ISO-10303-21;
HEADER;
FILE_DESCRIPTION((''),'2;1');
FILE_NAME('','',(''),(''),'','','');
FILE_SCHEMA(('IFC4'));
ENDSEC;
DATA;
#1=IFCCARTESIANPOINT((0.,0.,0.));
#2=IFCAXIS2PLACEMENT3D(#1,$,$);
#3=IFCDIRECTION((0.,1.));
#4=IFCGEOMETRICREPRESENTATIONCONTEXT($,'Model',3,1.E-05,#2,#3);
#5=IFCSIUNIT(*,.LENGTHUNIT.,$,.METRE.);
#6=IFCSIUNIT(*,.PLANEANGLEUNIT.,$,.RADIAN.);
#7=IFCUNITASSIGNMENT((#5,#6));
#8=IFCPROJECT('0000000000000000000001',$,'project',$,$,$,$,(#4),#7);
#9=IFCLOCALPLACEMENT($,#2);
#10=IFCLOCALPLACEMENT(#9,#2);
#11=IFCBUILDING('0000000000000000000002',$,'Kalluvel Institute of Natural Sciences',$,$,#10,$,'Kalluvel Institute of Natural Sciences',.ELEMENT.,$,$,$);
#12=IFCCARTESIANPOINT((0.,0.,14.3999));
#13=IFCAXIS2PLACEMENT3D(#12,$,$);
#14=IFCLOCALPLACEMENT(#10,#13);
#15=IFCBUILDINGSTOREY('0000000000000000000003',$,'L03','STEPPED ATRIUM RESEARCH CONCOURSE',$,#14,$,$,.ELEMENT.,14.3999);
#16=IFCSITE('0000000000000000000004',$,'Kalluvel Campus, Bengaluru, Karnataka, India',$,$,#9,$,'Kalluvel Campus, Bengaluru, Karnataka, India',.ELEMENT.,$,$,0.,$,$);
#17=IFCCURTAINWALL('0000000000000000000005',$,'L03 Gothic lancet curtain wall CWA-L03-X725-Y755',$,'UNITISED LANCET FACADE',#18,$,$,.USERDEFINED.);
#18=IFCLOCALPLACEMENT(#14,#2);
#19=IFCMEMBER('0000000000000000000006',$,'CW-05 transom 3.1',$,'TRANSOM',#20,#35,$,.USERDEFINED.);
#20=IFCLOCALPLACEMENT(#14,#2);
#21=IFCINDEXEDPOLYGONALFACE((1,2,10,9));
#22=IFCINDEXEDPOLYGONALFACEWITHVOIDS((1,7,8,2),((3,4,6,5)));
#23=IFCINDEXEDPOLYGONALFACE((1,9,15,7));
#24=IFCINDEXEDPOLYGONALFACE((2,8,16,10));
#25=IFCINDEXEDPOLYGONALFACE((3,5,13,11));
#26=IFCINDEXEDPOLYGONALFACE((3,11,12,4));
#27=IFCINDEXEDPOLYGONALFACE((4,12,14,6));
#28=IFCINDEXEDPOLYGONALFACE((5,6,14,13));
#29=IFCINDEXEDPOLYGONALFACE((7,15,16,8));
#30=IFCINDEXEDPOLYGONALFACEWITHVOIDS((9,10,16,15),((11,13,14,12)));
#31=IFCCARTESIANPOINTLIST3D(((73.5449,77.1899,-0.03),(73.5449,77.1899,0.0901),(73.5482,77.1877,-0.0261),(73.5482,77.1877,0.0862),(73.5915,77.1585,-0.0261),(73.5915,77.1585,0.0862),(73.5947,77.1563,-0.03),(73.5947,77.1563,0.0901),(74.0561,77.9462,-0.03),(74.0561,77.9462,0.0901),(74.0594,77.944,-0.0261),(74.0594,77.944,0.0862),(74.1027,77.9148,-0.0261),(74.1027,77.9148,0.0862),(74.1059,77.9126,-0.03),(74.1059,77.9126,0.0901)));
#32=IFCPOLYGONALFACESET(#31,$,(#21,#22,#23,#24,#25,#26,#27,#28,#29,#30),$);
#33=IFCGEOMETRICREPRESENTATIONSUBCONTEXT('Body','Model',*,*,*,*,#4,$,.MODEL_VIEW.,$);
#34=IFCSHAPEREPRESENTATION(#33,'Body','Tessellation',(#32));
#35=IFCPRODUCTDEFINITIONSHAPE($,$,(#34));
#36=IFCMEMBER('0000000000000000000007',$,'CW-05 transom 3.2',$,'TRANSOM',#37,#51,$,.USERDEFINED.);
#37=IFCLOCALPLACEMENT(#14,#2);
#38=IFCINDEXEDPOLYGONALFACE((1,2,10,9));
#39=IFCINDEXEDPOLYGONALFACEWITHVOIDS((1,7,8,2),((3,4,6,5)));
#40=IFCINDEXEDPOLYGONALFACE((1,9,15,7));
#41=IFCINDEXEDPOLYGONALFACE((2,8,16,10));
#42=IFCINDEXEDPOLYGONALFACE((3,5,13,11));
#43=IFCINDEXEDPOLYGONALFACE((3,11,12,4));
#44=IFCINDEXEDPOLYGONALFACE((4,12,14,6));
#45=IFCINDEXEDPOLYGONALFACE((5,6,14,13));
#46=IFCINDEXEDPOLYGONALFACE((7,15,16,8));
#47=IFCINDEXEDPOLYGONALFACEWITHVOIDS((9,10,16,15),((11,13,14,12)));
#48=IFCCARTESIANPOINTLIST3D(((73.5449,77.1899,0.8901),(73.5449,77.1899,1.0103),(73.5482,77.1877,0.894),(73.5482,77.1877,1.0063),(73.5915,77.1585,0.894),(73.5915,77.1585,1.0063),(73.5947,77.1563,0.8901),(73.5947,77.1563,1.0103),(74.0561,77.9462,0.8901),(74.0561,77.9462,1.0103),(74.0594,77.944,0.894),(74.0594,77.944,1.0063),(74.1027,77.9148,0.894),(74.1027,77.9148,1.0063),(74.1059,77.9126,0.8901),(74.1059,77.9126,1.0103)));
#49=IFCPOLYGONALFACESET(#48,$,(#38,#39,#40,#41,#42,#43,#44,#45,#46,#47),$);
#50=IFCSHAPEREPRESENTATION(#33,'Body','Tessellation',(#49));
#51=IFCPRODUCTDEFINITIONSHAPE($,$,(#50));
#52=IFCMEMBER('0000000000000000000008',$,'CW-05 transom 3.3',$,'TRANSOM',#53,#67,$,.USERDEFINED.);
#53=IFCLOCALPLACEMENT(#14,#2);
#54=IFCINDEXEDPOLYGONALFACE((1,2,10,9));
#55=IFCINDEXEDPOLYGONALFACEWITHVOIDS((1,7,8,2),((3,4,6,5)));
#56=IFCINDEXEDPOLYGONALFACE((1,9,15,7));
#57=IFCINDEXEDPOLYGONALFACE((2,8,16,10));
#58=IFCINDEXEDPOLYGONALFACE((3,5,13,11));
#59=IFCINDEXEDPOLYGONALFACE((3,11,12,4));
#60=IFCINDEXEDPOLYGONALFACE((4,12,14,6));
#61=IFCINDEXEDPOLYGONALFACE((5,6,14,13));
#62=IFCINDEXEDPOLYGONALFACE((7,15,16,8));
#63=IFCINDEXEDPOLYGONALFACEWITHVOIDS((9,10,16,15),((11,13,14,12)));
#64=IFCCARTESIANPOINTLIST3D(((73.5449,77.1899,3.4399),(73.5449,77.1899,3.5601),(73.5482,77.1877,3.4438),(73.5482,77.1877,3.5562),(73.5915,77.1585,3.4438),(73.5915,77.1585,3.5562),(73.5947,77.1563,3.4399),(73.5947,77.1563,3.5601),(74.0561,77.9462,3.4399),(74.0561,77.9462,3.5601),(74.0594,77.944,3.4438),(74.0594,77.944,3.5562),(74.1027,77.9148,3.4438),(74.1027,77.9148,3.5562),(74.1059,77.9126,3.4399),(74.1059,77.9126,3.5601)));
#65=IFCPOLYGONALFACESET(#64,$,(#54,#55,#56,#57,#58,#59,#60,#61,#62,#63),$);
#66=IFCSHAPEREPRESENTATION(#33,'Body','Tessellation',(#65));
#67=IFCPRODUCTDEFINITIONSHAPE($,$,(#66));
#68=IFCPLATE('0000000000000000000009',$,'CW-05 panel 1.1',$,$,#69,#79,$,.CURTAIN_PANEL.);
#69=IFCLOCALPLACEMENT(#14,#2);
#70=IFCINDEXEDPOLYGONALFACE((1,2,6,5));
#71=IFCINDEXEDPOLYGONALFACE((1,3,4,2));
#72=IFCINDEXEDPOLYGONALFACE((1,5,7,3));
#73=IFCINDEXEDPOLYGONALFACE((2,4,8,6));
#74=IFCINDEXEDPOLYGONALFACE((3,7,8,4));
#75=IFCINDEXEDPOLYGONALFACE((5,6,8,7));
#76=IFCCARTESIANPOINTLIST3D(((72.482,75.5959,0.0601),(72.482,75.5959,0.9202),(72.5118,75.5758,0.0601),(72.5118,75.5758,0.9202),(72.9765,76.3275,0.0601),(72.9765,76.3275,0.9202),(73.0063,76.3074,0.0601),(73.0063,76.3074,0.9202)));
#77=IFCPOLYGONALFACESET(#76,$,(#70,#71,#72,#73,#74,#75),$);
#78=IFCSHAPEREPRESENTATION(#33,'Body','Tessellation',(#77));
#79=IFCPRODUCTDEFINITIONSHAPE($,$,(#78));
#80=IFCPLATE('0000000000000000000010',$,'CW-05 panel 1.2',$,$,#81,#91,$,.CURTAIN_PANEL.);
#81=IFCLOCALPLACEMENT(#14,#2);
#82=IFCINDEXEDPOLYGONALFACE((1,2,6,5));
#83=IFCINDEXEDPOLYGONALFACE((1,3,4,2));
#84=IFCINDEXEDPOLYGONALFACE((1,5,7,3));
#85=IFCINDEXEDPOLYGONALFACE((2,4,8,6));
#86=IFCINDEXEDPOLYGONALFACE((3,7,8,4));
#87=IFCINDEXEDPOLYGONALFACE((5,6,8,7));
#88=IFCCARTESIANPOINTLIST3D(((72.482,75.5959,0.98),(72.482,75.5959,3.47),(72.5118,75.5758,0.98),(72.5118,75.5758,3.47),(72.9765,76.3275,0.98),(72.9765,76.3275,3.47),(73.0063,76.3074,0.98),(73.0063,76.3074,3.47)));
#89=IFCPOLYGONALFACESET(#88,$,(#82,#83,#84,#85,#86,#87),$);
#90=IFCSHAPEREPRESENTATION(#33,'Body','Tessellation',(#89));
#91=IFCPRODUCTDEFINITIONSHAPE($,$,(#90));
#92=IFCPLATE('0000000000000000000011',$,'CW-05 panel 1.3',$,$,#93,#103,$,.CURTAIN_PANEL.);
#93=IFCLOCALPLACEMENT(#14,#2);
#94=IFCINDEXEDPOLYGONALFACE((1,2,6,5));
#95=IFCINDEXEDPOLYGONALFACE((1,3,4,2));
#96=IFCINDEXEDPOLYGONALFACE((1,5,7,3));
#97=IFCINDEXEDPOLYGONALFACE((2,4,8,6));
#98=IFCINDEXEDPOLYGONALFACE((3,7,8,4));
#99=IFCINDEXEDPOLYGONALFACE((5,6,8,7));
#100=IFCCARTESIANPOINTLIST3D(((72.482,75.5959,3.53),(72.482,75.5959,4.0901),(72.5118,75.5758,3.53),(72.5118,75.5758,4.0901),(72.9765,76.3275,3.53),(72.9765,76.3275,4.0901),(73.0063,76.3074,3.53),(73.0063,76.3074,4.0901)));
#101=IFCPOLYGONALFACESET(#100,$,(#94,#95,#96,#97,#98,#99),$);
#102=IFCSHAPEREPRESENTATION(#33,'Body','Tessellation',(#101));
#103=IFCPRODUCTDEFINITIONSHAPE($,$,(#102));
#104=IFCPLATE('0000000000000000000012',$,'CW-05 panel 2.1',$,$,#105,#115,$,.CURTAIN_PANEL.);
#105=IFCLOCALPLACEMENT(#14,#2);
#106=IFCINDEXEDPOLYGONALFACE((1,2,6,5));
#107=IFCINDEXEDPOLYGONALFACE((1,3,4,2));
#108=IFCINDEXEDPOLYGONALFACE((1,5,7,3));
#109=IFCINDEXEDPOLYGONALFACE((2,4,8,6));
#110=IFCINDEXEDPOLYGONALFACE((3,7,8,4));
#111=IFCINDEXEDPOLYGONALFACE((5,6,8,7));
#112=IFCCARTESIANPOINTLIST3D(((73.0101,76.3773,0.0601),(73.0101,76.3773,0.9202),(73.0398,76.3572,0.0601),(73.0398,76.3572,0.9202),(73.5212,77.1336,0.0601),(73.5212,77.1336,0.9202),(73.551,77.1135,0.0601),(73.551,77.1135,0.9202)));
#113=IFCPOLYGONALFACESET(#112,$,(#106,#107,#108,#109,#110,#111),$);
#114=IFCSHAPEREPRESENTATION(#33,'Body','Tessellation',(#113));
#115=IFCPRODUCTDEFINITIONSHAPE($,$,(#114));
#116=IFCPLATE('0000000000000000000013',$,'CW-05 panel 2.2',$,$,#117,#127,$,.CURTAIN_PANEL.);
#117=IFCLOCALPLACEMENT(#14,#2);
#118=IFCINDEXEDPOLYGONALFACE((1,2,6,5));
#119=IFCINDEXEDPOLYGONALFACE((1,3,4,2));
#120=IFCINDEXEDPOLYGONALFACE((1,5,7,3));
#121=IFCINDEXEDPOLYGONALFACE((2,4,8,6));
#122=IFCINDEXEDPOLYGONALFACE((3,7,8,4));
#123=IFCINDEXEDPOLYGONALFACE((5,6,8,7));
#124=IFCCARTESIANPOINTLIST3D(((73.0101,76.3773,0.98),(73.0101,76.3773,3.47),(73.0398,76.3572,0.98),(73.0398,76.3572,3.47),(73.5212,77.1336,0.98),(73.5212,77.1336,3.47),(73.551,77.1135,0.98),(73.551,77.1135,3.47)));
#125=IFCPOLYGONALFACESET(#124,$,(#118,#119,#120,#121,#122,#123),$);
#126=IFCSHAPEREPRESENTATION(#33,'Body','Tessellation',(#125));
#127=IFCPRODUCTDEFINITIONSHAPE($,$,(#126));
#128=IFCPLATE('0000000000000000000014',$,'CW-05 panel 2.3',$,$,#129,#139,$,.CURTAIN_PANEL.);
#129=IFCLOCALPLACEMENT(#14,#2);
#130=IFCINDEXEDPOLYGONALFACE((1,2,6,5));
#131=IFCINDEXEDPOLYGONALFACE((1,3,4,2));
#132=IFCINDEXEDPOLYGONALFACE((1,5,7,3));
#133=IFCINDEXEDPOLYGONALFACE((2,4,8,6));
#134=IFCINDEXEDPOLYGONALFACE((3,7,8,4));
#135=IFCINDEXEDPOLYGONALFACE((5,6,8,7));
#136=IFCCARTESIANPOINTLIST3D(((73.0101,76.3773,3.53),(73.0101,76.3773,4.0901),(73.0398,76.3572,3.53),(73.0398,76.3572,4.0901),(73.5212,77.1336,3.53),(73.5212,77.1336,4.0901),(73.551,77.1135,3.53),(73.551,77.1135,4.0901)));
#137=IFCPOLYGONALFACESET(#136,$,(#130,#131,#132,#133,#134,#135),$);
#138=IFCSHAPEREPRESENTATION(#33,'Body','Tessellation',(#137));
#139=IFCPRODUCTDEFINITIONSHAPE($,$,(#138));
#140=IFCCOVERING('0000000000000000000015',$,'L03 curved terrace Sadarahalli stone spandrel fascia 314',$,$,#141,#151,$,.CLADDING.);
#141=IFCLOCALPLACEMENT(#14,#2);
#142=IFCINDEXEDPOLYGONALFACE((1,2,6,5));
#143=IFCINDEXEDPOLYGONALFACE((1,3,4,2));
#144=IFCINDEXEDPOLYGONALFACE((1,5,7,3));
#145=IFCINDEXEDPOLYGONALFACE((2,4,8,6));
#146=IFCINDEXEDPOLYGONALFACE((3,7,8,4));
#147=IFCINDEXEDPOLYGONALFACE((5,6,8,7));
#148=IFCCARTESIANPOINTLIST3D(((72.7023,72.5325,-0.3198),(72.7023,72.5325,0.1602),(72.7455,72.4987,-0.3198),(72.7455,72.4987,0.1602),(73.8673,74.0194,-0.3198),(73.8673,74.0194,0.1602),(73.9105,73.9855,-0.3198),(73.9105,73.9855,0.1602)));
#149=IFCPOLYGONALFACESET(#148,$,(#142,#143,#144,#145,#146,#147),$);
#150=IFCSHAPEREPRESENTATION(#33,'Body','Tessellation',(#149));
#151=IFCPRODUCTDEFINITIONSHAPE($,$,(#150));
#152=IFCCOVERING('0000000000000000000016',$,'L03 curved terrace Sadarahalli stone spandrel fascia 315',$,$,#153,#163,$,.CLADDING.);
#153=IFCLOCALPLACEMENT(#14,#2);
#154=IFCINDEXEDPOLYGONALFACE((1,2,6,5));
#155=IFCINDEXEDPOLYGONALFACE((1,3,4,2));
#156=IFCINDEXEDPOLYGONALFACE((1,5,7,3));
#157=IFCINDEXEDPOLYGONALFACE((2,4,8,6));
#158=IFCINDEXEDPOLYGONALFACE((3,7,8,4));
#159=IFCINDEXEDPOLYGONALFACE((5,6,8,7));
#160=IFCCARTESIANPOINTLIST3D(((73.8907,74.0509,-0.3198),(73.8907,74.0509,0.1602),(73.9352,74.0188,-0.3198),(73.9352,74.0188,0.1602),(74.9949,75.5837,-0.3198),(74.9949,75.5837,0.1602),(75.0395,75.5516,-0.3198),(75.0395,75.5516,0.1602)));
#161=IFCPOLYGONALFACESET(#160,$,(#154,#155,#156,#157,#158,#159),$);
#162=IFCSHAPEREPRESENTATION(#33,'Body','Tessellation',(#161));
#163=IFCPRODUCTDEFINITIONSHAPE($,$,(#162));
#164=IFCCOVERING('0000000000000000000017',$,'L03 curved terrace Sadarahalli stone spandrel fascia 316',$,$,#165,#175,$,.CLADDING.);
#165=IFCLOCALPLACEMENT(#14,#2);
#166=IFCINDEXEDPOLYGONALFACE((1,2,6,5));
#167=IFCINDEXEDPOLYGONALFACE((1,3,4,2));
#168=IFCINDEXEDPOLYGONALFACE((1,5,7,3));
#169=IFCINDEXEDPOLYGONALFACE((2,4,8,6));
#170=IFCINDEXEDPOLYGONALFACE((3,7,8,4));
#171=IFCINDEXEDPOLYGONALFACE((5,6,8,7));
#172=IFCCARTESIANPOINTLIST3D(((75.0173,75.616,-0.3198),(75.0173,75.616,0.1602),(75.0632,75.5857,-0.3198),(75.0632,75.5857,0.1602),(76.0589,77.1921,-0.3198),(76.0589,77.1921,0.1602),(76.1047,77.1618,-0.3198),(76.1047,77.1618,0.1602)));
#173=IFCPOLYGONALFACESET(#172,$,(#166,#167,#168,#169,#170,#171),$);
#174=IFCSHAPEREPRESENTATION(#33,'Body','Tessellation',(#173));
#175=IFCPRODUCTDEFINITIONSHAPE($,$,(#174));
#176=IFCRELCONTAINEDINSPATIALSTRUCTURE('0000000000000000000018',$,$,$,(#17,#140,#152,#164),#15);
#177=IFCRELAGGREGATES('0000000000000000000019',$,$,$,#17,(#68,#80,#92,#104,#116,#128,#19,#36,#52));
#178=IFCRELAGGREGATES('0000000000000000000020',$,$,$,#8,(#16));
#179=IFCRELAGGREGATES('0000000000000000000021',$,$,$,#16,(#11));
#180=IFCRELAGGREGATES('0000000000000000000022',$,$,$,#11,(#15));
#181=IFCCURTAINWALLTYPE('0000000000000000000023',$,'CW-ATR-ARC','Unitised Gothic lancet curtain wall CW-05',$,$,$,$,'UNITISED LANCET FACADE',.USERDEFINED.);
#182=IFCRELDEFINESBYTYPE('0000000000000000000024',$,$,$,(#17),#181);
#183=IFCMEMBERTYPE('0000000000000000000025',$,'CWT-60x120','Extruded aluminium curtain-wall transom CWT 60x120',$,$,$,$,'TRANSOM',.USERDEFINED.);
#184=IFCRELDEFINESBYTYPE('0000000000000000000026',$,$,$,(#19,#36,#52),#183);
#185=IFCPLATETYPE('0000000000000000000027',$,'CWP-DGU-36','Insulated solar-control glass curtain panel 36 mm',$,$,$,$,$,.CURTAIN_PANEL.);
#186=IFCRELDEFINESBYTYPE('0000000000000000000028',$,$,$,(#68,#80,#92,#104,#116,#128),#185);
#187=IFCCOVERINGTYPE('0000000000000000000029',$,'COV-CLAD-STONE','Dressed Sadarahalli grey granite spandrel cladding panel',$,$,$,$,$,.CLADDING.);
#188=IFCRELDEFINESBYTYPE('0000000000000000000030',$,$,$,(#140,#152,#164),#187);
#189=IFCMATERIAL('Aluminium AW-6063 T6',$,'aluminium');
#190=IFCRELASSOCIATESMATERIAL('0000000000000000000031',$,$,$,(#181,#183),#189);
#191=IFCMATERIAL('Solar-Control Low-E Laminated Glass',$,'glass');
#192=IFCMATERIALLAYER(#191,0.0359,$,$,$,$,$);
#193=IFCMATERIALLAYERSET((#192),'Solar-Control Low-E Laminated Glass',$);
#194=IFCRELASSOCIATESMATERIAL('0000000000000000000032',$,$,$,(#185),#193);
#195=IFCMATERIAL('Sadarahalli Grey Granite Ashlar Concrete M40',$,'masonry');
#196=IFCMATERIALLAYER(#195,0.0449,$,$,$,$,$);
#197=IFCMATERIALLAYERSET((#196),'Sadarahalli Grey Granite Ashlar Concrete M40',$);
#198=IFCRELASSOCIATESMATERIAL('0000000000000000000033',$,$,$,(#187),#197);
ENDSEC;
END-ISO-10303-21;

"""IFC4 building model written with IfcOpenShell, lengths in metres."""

from ifc_helpers import new_model, si_unit, direction, frame, origin, origin_2d, place, context, subcontext, project, spatial, rectangle, hollow_rectangle, extrude, material, layer, layer_set, material_profile, profile_set, type_object, element, aggregate, save


model = new_model("IFC4")

# Units and contexts
model_context = context("Model", 3, precision=1e-05, world=origin(), true_north=direction((0.0, 1.0)))
body_context = subcontext(model_context, "Body", "Model", "MODEL_VIEW")
ifc_project = project(units=[si_unit("LENGTHUNIT", "METRE"), si_unit("PLANEANGLEUNIT", "RADIAN")], contexts=[model_context])

# Site, building, storey
site_placement = place(None, origin())
site = spatial("IfcSite", under=ifc_project, at=site_placement, Name="Kalluvel Campus, Bengaluru, Karnataka, India", LongName="Kalluvel Campus, Bengaluru, Karnataka, India", CompositionType="ELEMENT", RefElevation=0.0)
building_placement = place(site_placement, origin())
building = spatial("IfcBuilding", under=site, at=building_placement, Name="Kalluvel Institute of Natural Sciences", LongName="Kalluvel Institute of Natural Sciences", CompositionType="ELEMENT")
storey_placement = place(building_placement, frame((0.0, 0.0, 14.3999)))
storey = spatial("IfcBuildingStorey", under=building, at=storey_placement, Name="L03", Description="STEPPED ATRIUM RESEARCH CONCOURSE", CompositionType="ELEMENT", Elevation=14.3999)

# Curtain wall, members, plates
ifc_material_1 = material(Name="Aluminium AW-6063 T6", Category="aluminium")
curtain_wall_type = type_object("IfcCurtainWallType", Name="CW-ATR-ARC", Description="Unitised Gothic lancet curtain wall CW-05", ElementType="UNITISED LANCET FACADE", PredefinedType="USERDEFINED", material=ifc_material_1)
curtain_wall_placement = place(storey_placement, origin())
curtain_wall = element("IfcCurtainWall", 1, at=curtain_wall_placement, inside=storey, type_object=curtain_wall_type, Name="L03 Gothic lancet curtain wall CWA-L03-X725-Y755", ObjectType="UNITISED LANCET FACADE", PredefinedType="USERDEFINED")
ifc_material_profile_1 = material_profile(ifc_material_1, hollow_rectangle(XDim=0.0601, YDim=0.1201, WallThickness=0.0039, at=origin_2d()), Name="CWT 60x120")
ifc_profile_set_1 = profile_set([ifc_material_profile_1], Name="Aluminium AW-6063 T6")
member_type_1 = type_object("IfcMemberType", Name="CWT-60x120", Description="Extruded aluminium curtain-wall transom CWT 60x120", ElementType="TRANSOM", PredefinedType="USERDEFINED", material=ifc_profile_set_1)
member_1_placement = place(storey_placement, frame((73.5698, 77.1731, 0.03), z_axis=(0.559996, 0.828495, 0.0), x_axis=(-0.828495, 0.559996, 0.0)))
member_1 = element("IfcMember", 2, at=member_1_placement, type_object=member_type_1, Name="CW-05 transom 3.1", ObjectType="TRANSOM", PredefinedType="USERDEFINED", context=body_context, shape_type="SweptSolid", body=[
    extrude(hollow_rectangle(XDim=0.0601, YDim=0.1201, WallThickness=0.0039, at=origin_2d()), origin(), (0.0, 0.0, 1.0), 0.9128),
])
member_2_placement = place(storey_placement, frame((73.5698, 77.1731, 0.9502), z_axis=(0.559996, 0.828495, 0.0), x_axis=(-0.828495, 0.559996, 0.0)))
member_2 = element("IfcMember", 3, at=member_2_placement, type_object=member_type_1, Name="CW-05 transom 3.2", ObjectType="TRANSOM", PredefinedType="USERDEFINED", context=body_context, shape_type="SweptSolid", body=[
    extrude(hollow_rectangle(XDim=0.0601, YDim=0.1201, WallThickness=0.0039, at=origin_2d()), origin(), (0.0, 0.0, 1.0), 0.9128),
])
member_3_placement = place(storey_placement, frame((73.5698, 77.1731, 3.5), z_axis=(0.559996, 0.828495, 0.0), x_axis=(-0.828495, 0.559996, 0.0)))
member_3 = element("IfcMember", 4, at=member_3_placement, type_object=member_type_1, Name="CW-05 transom 3.3", ObjectType="TRANSOM", PredefinedType="USERDEFINED", context=body_context, shape_type="SweptSolid", body=[
    extrude(hollow_rectangle(XDim=0.0601, YDim=0.1201, WallThickness=0.0039, at=origin_2d()), origin(), (0.0, 0.0, 1.0), 0.9128),
])
ifc_material_2 = material(Name="Solar-Control Low-E Laminated Glass", Category="glass")
ifc_layer_1 = layer(ifc_material_2, 0.0359)
ifc_layer_set_1 = layer_set([ifc_layer_1], Name="Solar-Control Low-E Laminated Glass")
plate_type = type_object("IfcPlateType", Name="CWP-DGU-36", Description="Insulated solar-control glass curtain panel 36 mm", PredefinedType="CURTAIN_PANEL", material=ifc_layer_set_1)
plate_1_placement = place(storey_placement, frame((72.7441, 75.9517, 0.0601), z_axis=(0.0, 0.0, 1.0), x_axis=(0.559972, 0.828511, 0.0)))
plate_1 = element("IfcPlate", 5, at=plate_1_placement, type_object=plate_type, Name="CW-05 panel 1.1", PredefinedType="CURTAIN_PANEL", context=body_context, shape_type="SweptSolid", body=[
    extrude(rectangle(XDim=0.8831, YDim=0.0359, at=origin_2d()), origin(), (0.0, 0.0, 1.0), 0.8601),
])
plate_2_placement = place(storey_placement, frame((72.7441, 75.9517, 0.98), z_axis=(0.0, 0.0, 1.0), x_axis=(0.559972, 0.828511, 0.0)))
plate_2 = element("IfcPlate", 6, at=plate_2_placement, type_object=plate_type, Name="CW-05 panel 1.2", PredefinedType="CURTAIN_PANEL", context=body_context, shape_type="SweptSolid", body=[
    extrude(rectangle(XDim=0.8831, YDim=0.0359, at=origin_2d()), origin(), (0.0, 0.0, 1.0), 2.49),
])
plate_3_placement = place(storey_placement, frame((72.7441, 75.9517, 3.53), z_axis=(0.0, 0.0, 1.0), x_axis=(0.559972, 0.828511, 0.0)))
plate_3 = element("IfcPlate", 7, at=plate_3_placement, type_object=plate_type, Name="CW-05 panel 1.3", PredefinedType="CURTAIN_PANEL", context=body_context, shape_type="SweptSolid", body=[
    extrude(rectangle(XDim=0.8831, YDim=0.0359, at=origin_2d()), origin(), (0.0, 0.0, 1.0), 0.5601),
])
plate_4_placement = place(storey_placement, frame((73.2805, 76.7454, 0.0601), z_axis=(0.0, 0.0, 1.0), x_axis=(0.559972, 0.828511, 0.0)))
plate_4 = element("IfcPlate", 8, at=plate_4_placement, type_object=plate_type, Name="CW-05 panel 2.1", PredefinedType="CURTAIN_PANEL", context=body_context, shape_type="SweptSolid", body=[
    extrude(rectangle(XDim=0.9128, YDim=0.0359, at=origin_2d()), origin(), (0.0, 0.0, 1.0), 0.8601),
])
plate_5_placement = place(storey_placement, frame((73.2805, 76.7454, 0.98), z_axis=(0.0, 0.0, 1.0), x_axis=(0.559972, 0.828511, 0.0)))
plate_5 = element("IfcPlate", 9, at=plate_5_placement, type_object=plate_type, Name="CW-05 panel 2.2", PredefinedType="CURTAIN_PANEL", context=body_context, shape_type="SweptSolid", body=[
    extrude(rectangle(XDim=0.9128, YDim=0.0359, at=origin_2d()), origin(), (0.0, 0.0, 1.0), 2.49),
])
plate_6_placement = place(storey_placement, frame((73.2805, 76.7454, 3.53), z_axis=(0.0, 0.0, 1.0), x_axis=(0.559972, 0.828511, 0.0)))
plate_6 = element("IfcPlate", 10, at=plate_6_placement, type_object=plate_type, Name="CW-05 panel 2.3", PredefinedType="CURTAIN_PANEL", context=body_context, shape_type="SweptSolid", body=[
    extrude(rectangle(XDim=0.9128, YDim=0.0359, at=origin_2d()), origin(), (0.0, 0.0, 1.0), 0.5601),
])
aggregate(curtain_wall, [plate_1, plate_2, plate_3, plate_4, plate_5, plate_6, member_1, member_2, member_3])

# Coverings
ifc_material_3 = material(Name="Sadarahalli Grey Granite Ashlar Concrete M40", Category="masonry")
ifc_layer_2 = layer(ifc_material_3, 0.0449)
ifc_layer_set_2 = layer_set([ifc_layer_2], Name="Sadarahalli Grey Granite Ashlar Concrete M40")
covering_type = type_object("IfcCoveringType", Name="COV-CLAD-STONE", Description="Dressed Sadarahalli grey granite spandrel cladding panel", PredefinedType="CLADDING", material=ifc_layer_set_2)
covering_placement = place(storey_placement, frame((73.3064, 73.259, -0.3198), z_axis=(0.0, 0.0, 1.0), x_axis=(0.616761, 0.78715, 0.0)))
element("IfcCovering", 11, at=covering_placement, inside=storey, type_object=covering_type, Name="L03 curved terrace Sadarahalli stone spandrel fascia 314", PredefinedType="CLADDING", context=body_context, shape_type="SweptSolid", body=[
    extrude(rectangle(XDim=1.8889, YDim=0.0549, at=origin_2d()), origin(), (0.0, 0.0, 1.0), 0.48),
])
for number, where, z_axis, x_axis, name in (
    (12, (74.4651, 74.8013, -0.3198), (0.0, 0.0, 1.0), (0.584533, 0.81137, 0.0), "L03 curved terrace Sadarahalli stone spandrel fascia 315"),
    (13, (75.561, 76.3889, -0.3198), (0.0, 0.0, 1.0), (0.551355, 0.834271, 0.0), "L03 curved terrace Sadarahalli stone spandrel fascia 316"),
):
    element("IfcCovering", number, at=place(storey_placement, frame(where, z_axis=z_axis, x_axis=x_axis)), inside=storey, type_object=covering_type, Name=name, PredefinedType="CLADDING", context=body_context, shape_type="SweptSolid", body=[
        extrude(rectangle(XDim=1.8892, YDim=0.0549, at=origin_2d()), origin(), (0.0, 0.0, 1.0), 0.48),
    ])

save(model, "model.ifc")
